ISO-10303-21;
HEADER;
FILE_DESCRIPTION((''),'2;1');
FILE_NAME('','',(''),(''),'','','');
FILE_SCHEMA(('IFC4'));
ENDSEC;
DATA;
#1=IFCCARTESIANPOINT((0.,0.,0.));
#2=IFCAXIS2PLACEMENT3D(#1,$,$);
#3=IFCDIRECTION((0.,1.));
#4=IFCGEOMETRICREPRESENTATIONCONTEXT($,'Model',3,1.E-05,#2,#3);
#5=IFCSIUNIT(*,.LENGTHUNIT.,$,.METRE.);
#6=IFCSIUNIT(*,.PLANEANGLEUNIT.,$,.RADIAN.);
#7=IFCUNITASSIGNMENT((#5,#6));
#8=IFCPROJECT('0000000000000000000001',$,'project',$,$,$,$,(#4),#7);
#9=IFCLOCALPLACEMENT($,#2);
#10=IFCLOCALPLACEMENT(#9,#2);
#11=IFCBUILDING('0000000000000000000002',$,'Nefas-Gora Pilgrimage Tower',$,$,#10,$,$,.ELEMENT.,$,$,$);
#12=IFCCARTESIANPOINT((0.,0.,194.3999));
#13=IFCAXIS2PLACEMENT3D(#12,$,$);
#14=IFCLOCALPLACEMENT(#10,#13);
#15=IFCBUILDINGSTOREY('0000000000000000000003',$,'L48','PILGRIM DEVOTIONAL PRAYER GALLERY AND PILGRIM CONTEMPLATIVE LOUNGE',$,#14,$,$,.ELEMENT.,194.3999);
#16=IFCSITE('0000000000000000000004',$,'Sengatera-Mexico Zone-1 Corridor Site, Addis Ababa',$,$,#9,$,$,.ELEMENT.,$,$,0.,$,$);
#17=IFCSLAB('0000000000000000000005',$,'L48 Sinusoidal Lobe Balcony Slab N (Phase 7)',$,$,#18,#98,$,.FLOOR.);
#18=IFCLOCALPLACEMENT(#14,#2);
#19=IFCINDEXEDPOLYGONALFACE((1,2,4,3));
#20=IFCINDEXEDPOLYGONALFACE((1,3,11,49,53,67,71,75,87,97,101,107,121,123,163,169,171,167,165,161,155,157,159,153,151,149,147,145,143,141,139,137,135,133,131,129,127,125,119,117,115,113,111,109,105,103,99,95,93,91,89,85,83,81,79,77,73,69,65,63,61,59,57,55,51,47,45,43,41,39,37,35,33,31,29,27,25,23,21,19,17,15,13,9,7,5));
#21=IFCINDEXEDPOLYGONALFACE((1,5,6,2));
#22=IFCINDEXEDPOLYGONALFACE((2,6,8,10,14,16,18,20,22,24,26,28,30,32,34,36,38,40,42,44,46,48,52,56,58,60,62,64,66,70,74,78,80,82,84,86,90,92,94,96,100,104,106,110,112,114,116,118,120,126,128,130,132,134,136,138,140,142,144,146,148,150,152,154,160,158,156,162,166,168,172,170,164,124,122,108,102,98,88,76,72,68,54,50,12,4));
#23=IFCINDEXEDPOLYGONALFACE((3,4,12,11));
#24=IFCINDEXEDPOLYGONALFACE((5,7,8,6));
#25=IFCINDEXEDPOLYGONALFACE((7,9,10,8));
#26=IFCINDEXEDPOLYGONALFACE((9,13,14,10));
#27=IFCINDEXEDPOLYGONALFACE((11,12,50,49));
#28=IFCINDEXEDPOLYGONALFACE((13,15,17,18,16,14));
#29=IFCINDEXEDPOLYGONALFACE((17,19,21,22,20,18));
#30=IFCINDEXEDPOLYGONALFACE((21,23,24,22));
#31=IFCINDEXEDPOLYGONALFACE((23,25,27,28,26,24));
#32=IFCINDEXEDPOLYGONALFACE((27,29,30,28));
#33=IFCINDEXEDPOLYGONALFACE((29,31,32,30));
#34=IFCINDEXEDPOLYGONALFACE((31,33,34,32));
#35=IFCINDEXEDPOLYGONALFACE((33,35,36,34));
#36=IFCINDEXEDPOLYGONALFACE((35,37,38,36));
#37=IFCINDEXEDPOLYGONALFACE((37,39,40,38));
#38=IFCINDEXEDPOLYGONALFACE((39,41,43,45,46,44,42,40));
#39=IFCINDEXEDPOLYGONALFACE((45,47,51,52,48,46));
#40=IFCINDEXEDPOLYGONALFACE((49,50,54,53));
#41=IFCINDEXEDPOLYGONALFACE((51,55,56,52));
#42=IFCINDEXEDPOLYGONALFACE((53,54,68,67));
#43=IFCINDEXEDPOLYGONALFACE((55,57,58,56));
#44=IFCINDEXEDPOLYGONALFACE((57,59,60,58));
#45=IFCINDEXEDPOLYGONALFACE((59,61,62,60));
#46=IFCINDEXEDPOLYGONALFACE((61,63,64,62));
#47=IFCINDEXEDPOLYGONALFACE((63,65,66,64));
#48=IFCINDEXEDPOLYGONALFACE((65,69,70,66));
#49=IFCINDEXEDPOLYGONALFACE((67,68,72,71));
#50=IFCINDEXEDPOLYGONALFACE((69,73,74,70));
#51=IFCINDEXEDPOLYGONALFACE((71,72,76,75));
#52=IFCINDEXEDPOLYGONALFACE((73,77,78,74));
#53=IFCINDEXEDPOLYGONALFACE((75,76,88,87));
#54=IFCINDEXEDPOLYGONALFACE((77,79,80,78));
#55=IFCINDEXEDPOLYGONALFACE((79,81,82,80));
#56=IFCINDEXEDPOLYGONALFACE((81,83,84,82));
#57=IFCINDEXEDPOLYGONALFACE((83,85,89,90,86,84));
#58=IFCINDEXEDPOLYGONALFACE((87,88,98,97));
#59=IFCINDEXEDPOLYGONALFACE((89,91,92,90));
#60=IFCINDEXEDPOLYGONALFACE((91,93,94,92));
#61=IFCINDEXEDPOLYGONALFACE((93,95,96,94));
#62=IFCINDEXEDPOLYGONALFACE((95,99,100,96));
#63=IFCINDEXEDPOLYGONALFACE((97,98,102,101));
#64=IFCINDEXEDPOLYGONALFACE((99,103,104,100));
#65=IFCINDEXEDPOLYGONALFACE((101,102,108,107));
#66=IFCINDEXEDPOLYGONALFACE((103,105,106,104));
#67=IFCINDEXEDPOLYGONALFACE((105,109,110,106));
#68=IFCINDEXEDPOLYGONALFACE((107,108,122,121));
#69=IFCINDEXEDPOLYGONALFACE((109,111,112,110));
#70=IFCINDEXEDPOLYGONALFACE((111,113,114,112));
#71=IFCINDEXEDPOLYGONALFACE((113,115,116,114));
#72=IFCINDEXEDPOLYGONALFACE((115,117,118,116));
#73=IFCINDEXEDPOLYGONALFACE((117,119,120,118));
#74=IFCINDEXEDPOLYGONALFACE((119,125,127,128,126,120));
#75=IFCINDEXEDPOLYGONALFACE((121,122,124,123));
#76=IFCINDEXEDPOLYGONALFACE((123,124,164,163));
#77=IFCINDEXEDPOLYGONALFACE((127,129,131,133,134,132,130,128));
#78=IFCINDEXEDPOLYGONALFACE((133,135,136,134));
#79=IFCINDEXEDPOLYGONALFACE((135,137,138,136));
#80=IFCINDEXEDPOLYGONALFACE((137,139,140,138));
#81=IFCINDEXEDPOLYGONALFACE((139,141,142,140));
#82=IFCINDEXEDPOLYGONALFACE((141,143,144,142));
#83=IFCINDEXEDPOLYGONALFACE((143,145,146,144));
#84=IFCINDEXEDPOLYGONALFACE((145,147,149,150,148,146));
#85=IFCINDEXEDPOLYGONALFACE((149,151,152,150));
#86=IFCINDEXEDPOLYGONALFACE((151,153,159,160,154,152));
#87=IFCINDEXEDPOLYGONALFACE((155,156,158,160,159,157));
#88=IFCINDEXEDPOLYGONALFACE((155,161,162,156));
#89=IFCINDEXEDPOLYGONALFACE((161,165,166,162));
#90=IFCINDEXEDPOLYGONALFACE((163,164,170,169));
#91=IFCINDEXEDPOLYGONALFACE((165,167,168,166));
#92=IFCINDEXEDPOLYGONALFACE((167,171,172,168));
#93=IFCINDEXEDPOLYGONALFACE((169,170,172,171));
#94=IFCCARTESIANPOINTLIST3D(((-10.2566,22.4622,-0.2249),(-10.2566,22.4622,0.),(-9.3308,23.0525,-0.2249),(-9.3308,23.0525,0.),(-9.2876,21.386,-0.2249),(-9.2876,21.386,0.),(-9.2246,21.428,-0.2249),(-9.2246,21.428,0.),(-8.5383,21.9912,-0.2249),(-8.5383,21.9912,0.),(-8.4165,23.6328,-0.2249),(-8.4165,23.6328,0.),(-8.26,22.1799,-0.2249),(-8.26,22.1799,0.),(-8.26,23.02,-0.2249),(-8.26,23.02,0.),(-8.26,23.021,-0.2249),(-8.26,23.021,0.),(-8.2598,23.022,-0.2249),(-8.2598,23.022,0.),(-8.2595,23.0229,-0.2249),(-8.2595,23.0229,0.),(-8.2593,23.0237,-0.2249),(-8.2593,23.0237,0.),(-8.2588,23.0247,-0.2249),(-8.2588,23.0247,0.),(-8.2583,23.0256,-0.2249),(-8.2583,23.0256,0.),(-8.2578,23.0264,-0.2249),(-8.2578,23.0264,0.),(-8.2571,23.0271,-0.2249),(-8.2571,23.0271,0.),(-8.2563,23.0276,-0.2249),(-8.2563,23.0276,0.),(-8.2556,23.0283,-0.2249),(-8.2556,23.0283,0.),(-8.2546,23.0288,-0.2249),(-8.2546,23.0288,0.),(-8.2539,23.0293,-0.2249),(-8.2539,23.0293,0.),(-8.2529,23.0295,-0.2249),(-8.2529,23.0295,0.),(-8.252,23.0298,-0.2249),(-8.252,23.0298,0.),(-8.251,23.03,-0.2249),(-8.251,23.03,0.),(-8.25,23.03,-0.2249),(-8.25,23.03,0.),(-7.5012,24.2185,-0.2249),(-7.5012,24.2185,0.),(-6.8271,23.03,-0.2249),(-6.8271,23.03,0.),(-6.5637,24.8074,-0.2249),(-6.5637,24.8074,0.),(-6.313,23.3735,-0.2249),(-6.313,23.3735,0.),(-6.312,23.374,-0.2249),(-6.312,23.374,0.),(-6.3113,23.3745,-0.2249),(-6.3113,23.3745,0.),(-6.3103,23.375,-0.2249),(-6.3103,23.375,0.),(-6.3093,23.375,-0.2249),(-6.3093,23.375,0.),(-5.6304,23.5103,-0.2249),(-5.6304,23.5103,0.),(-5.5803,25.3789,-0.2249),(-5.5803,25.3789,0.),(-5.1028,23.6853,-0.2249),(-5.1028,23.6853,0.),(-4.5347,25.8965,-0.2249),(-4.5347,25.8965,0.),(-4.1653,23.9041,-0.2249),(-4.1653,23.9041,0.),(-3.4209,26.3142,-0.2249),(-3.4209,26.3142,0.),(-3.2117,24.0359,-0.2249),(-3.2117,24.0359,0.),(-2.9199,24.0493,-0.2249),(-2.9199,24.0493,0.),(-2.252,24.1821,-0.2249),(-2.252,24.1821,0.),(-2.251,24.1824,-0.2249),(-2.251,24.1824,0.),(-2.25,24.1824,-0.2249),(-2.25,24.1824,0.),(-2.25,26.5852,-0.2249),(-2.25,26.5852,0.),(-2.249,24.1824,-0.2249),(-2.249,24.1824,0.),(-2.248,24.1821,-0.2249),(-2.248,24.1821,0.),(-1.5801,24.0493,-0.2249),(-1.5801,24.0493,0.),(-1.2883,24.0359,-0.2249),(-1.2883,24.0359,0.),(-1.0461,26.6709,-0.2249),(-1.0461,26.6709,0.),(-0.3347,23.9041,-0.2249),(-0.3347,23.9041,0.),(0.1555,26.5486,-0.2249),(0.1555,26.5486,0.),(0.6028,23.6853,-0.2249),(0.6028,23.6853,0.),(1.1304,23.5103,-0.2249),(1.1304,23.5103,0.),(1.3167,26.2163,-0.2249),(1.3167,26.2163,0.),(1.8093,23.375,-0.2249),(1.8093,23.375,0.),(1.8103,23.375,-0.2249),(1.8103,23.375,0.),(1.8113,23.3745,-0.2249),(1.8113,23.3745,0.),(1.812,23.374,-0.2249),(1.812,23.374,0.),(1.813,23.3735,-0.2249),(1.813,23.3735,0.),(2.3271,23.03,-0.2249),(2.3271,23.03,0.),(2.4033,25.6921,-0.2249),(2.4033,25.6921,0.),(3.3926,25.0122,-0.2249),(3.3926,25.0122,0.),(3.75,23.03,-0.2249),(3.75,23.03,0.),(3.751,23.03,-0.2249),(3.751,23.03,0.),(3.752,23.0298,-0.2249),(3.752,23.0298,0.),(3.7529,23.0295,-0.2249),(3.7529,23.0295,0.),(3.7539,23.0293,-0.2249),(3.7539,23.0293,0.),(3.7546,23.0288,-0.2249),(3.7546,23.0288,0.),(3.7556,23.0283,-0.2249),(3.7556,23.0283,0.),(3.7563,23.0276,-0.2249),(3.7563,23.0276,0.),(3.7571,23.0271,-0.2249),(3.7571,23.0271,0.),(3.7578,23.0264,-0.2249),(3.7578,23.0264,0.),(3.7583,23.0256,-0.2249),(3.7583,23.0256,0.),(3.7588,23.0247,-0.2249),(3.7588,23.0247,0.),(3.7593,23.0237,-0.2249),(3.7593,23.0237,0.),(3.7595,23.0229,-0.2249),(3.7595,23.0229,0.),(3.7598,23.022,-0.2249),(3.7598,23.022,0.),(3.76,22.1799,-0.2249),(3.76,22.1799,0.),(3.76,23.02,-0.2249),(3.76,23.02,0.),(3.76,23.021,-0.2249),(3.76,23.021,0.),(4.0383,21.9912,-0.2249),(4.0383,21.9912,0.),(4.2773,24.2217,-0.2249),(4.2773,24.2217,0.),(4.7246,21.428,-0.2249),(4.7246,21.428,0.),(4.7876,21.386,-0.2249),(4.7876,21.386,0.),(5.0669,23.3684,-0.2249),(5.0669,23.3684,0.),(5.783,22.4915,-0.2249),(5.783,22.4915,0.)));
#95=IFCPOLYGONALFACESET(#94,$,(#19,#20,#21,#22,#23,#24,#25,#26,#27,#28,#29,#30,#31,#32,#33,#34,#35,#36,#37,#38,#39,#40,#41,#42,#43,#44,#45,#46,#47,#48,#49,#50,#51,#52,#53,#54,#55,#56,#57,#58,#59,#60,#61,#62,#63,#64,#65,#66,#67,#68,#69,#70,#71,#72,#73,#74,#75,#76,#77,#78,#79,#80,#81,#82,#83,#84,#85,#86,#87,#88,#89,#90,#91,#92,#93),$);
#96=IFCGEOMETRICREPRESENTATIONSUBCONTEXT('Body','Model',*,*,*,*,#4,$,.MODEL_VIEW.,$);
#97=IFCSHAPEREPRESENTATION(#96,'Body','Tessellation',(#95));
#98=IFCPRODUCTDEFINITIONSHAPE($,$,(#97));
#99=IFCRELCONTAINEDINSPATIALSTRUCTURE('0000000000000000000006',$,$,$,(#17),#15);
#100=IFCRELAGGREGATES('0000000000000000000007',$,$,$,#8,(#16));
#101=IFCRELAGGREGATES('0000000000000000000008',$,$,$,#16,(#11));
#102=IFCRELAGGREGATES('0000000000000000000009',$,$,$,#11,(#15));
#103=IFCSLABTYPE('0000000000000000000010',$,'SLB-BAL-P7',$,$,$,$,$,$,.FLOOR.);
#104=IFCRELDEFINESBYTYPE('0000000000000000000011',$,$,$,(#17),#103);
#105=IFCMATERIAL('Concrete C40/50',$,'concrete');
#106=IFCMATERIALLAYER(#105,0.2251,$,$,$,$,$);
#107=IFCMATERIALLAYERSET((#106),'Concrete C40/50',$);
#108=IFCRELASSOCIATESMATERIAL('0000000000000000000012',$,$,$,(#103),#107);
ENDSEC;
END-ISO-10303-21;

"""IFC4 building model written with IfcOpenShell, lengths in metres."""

from ifc_helpers import new_model, si_unit, direction, frame, origin, place, context, subcontext, project, spatial, polyline, outline, extrude, material, layer, layer_set, type_object, element, save


model = new_model("IFC4")

# Units and contexts
model_context = context("Model", 3, precision=1e-05, world=origin(), true_north=direction((0.0, 1.0)))
body_context = subcontext(model_context, "Body", "Model", "MODEL_VIEW")
ifc_project = project(units=[si_unit("LENGTHUNIT", "METRE"), si_unit("PLANEANGLEUNIT", "RADIAN")], contexts=[model_context])

# Site, building, storey
site_placement = place(None, origin())
site = spatial("IfcSite", under=ifc_project, at=site_placement, Name="Sengatera-Mexico Zone-1 Corridor Site, Addis Ababa", CompositionType="ELEMENT", RefElevation=0.0)
building_placement = place(site_placement, origin())
building = spatial("IfcBuilding", under=site, at=building_placement, Name="Nefas-Gora Pilgrimage Tower", CompositionType="ELEMENT")
storey_placement = place(building_placement, frame((0.0, 0.0, 194.3999)))
storey = spatial("IfcBuildingStorey", under=building, at=storey_placement, Name="L48", Description="PILGRIM DEVOTIONAL PRAYER GALLERY AND PILGRIM CONTEMPLATIVE LOUNGE", CompositionType="ELEMENT", Elevation=194.3999)

# Slab
ifc_material_1 = material(Name="Concrete C40/50", Category="concrete")
ifc_layer_1 = layer(ifc_material_1, 0.2251)
ifc_layer_set_1 = layer_set([ifc_layer_1], Name="Concrete C40/50")
slab_type_1 = type_object("IfcSlabType", Name="SLB-BAL-P7", PredefinedType="FLOOR", material=ifc_layer_set_1)
slab_1_placement = place(storey_placement, frame((0.0, 0.0, -0.2249)))
element("IfcSlab", 1, at=slab_1_placement, inside=storey, type_object=slab_type_1, Name="L48 Sinusoidal Lobe Balcony Slab N (Phase 7)", PredefinedType="FLOOR", context=body_context, shape_type="SweptSolid", body=[
    extrude(outline(polyline([(-9.2876, 21.386), (-9.2246, 21.428), (-8.5383, 21.9912), (-8.26, 22.1799), (-8.26, 23.02), (-8.26, 23.021), (-8.2598, 23.022), (-8.2595, 23.0229), (-8.2593, 23.0237), (-8.2588, 23.0247), (-8.2583, 23.0256), (-8.2578, 23.0264), (-8.2571, 23.0271), (-8.2563, 23.0276), (-8.2556, 23.0283), (-8.2546, 23.0288), (-8.2539, 23.0293), (-8.2529, 23.0295), (-8.252, 23.0298), (-8.251, 23.03), (-8.25, 23.03), (-6.8271, 23.03), (-6.313, 23.3735), (-6.312, 23.374), (-6.3113, 23.3745), (-6.3103, 23.375), (-6.3093, 23.375), (-5.6304, 23.5103), (-5.1028, 23.6853), (-4.1653, 23.9041), (-3.2117, 24.0359), (-2.9199, 24.0493), (-2.252, 24.1821), (-2.251, 24.1824), (-2.25, 24.1824), (-2.249, 24.1824), (-2.248, 24.1821), (-1.5801, 24.0493), (-1.2883, 24.0359), (-0.3347, 23.9041), (0.6028, 23.6853), (1.1304, 23.5103), (1.8093, 23.375), (1.8103, 23.375), (1.8113, 23.3745), (1.812, 23.374), (1.813, 23.3735), (2.3271, 23.03), (3.75, 23.03), (3.751, 23.03), (3.752, 23.0298), (3.7529, 23.0295), (3.7539, 23.0293), (3.7546, 23.0288), (3.7556, 23.0283), (3.7563, 23.0276), (3.7571, 23.0271), (3.7578, 23.0264), (3.7583, 23.0256), (3.7588, 23.0247), (3.7593, 23.0237), (3.7595, 23.0229), (3.7598, 23.022), (3.76, 23.021), (3.76, 23.02), (3.76, 22.1799), (4.0383, 21.9912), (4.7246, 21.428), (4.7876, 21.386), (5.783, 22.4915), (5.0669, 23.3684), (4.2773, 24.2217), (3.3926, 25.0122), (2.4033, 25.6921), (1.3167, 26.2163), (0.1555, 26.5486), (-1.0461, 26.6709), (-2.25, 26.5852), (-3.4209, 26.3142), (-4.5347, 25.8965), (-5.5803, 25.3789), (-6.5637, 24.8074), (-7.5012, 24.2185), (-8.4165, 23.6328), (-9.3308, 23.0525), (-10.2566, 22.4622), (-9.2876, 21.386)])), origin(), (0.0, 0.0, 1.0), 0.2249),
])

save(model, "model.ifc")
